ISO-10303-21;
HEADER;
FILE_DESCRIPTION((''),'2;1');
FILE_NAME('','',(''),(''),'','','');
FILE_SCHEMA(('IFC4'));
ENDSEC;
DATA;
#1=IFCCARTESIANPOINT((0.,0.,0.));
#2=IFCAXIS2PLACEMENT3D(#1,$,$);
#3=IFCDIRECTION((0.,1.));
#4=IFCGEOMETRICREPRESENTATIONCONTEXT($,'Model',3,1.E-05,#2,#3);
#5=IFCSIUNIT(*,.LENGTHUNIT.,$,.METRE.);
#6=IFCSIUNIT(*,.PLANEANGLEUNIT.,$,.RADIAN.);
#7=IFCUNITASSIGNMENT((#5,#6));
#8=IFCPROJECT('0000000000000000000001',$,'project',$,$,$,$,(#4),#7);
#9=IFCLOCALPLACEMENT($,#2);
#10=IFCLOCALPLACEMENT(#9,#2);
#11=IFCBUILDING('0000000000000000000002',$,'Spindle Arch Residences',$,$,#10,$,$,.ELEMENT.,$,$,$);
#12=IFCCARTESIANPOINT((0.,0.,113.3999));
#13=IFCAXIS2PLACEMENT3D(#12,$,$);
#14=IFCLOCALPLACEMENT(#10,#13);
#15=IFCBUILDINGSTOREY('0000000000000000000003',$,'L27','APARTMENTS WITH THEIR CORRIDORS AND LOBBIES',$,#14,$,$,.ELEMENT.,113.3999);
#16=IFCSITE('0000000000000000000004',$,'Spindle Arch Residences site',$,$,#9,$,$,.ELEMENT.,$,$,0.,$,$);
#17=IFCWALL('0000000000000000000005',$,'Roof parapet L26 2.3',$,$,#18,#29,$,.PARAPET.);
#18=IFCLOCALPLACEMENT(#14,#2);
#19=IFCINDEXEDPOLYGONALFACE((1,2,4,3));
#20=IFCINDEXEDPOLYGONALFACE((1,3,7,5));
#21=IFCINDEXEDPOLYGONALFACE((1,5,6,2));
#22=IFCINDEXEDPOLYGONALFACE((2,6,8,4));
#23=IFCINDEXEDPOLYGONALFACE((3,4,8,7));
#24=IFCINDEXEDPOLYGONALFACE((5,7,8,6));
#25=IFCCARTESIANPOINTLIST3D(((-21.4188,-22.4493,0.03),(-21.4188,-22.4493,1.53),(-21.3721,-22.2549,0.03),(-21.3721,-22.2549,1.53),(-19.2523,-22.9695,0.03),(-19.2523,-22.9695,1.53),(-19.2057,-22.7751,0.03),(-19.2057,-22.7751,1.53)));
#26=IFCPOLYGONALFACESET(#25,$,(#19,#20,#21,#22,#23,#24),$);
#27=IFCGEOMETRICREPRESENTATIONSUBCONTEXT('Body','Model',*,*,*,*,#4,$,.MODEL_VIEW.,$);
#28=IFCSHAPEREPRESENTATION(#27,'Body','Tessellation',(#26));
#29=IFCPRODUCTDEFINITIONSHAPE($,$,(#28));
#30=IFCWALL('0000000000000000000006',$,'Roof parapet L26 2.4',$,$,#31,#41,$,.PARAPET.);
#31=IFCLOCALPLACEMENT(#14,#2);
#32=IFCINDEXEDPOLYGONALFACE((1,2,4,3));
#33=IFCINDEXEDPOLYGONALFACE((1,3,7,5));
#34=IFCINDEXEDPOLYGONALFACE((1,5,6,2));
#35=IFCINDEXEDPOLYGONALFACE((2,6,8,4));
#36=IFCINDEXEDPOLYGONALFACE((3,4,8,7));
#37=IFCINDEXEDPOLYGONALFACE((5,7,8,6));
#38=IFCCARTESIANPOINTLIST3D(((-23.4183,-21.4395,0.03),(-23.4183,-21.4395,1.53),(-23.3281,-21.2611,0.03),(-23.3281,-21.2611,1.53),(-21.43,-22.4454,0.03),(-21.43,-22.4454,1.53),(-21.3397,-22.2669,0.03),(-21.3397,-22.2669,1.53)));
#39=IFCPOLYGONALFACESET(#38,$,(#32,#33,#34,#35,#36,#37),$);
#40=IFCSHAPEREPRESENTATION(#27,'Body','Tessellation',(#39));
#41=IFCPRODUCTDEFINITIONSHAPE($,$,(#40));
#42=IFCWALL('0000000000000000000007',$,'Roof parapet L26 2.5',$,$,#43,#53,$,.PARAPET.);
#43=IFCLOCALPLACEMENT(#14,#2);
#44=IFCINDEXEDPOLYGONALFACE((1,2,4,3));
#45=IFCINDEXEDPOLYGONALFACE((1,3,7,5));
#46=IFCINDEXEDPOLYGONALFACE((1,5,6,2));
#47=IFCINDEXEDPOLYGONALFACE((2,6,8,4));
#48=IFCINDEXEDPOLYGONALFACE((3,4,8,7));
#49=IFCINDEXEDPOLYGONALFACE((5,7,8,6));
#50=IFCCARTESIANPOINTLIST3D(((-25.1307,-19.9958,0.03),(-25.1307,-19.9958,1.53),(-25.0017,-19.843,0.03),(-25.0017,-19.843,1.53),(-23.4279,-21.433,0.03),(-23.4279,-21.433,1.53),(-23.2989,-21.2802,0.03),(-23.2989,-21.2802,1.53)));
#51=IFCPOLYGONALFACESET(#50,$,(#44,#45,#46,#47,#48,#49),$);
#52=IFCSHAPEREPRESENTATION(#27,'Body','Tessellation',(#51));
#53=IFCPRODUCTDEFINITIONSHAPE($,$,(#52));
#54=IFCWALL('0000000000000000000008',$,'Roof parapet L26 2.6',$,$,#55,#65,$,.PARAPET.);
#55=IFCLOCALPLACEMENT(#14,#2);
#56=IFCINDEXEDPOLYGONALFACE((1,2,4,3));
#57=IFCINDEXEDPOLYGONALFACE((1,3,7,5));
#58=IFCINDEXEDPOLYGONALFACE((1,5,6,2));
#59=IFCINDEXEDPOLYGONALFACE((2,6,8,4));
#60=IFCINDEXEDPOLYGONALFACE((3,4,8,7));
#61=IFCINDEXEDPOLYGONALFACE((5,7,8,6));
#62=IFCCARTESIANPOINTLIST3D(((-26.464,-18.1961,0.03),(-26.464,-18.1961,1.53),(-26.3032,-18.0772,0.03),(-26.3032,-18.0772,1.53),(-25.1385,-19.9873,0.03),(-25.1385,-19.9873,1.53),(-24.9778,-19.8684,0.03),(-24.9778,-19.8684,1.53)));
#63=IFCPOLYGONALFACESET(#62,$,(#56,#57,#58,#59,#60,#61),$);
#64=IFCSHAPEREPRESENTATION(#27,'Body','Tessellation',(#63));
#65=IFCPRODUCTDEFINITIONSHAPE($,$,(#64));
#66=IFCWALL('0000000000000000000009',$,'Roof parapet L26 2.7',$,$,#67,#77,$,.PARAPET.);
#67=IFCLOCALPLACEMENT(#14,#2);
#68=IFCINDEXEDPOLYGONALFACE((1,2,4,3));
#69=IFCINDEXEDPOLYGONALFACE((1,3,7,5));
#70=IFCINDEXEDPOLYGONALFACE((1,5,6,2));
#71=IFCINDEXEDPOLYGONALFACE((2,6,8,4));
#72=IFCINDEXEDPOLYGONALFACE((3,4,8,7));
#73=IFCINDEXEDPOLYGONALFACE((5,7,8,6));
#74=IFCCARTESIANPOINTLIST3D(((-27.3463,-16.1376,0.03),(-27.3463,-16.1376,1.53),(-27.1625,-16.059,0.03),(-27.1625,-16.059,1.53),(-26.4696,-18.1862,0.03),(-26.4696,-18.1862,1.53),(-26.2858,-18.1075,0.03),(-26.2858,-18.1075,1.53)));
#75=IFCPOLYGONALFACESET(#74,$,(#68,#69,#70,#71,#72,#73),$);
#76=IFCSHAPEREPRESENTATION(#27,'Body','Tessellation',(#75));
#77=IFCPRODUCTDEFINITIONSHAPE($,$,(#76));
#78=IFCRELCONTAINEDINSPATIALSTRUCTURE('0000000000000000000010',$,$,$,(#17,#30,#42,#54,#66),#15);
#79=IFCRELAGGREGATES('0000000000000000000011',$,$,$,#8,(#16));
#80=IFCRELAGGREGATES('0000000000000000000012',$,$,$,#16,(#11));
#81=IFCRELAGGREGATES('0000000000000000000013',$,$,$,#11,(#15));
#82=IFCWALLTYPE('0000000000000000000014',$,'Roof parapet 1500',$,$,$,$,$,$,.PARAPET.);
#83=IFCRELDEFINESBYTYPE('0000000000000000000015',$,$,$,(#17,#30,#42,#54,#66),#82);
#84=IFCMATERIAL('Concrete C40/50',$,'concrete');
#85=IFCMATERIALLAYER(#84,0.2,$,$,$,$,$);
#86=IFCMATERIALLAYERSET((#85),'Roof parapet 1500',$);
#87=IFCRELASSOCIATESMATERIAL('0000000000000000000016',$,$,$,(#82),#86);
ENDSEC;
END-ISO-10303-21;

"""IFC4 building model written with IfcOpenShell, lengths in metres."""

from ifc_helpers import new_model, si_unit, direction, frame, frame_2d, origin, place, context, subcontext, project, spatial, rectangle, extrude, material, layer, layer_set, type_object, element, save


model = new_model("IFC4")

# Units and contexts
model_context = context("Model", 3, precision=1e-05, world=origin(), true_north=direction((0.0, 1.0)))
body_context = subcontext(model_context, "Body", "Model", "MODEL_VIEW")
ifc_project = project(units=[si_unit("LENGTHUNIT", "METRE"), si_unit("PLANEANGLEUNIT", "RADIAN")], contexts=[model_context])

# Site, building, storey
site_placement = place(None, origin())
site = spatial("IfcSite", under=ifc_project, at=site_placement, Name="Spindle Arch Residences site", CompositionType="ELEMENT", RefElevation=0.0)
building_placement = place(site_placement, origin())
building = spatial("IfcBuilding", under=site, at=building_placement, Name="Spindle Arch Residences", CompositionType="ELEMENT")
storey_placement = place(building_placement, frame((0.0, 0.0, 113.3999)))
storey = spatial("IfcBuildingStorey", under=building, at=storey_placement, Name="L27", Description="APARTMENTS WITH THEIR CORRIDORS AND LOBBIES", CompositionType="ELEMENT", Elevation=113.3999)

# Walls
ifc_material_1 = material(Name="Concrete C40/50", Category="concrete")
ifc_layer_1 = layer(ifc_material_1, 0.2)
ifc_layer_set_1 = layer_set([ifc_layer_1], Name="Roof parapet 1500")
wall_type_1 = type_object("IfcWallType", Name="Roof parapet 1500", PredefinedType="PARAPET", material=ifc_layer_set_1)
wall_1_placement = place(storey_placement, frame((-19.229, -22.8723, 0.03), z_axis=(0.0, 0.0, 1.0), x_axis=(-0.972356, 0.233501, 0.0)))
element("IfcWall", 1, at=wall_1_placement, inside=storey, type_object=wall_type_1, Name="Roof parapet L26 2.3", PredefinedType="PARAPET", context=body_context, shape_type="SweptSolid", body=[
    extrude(rectangle(XDim=2.228, YDim=0.2, at=frame_2d((1.114, 0.0))), origin(), (0.0, 0.0, 1.0), 1.5),
])
for number, where, z_axis, x_axis, name in (
    (2, (-21.3848, -22.3562, 0.03), (0.0, 0.0, 1.0), (-0.892314, 0.451416, 0.0), "Roof parapet L26 2.4"),
    (3, (-23.3633, -21.3567, 0.03), (0.0, 0.0, 1.0), (-0.764192, 0.644989, 0.0), "Roof parapet L26 2.5"),
    (4, (-25.0581, -19.928, 0.03), (0.0, 0.0, 1.0), (-0.594816, 0.803862, 0.0), "Roof parapet L26 2.6"),
    (5, (-26.3777, -18.147, 0.03), (0.0, 0.0, 1.0), (-0.393443, 0.919349, 0.0), "Roof parapet L26 2.7"),
):
    element("IfcWall", number, at=place(storey_placement, frame(where, z_axis=z_axis, x_axis=x_axis)), inside=storey, type_object=wall_type_1, Name=name, PredefinedType="PARAPET", context=body_context, shape_type="SweptSolid", body=[
        extrude(rectangle(XDim=2.2283, YDim=0.2, at=frame_2d((1.1143, 0.0))), origin(), (0.0, 0.0, 1.0), 1.5),
    ])

save(model, "model.ifc")
